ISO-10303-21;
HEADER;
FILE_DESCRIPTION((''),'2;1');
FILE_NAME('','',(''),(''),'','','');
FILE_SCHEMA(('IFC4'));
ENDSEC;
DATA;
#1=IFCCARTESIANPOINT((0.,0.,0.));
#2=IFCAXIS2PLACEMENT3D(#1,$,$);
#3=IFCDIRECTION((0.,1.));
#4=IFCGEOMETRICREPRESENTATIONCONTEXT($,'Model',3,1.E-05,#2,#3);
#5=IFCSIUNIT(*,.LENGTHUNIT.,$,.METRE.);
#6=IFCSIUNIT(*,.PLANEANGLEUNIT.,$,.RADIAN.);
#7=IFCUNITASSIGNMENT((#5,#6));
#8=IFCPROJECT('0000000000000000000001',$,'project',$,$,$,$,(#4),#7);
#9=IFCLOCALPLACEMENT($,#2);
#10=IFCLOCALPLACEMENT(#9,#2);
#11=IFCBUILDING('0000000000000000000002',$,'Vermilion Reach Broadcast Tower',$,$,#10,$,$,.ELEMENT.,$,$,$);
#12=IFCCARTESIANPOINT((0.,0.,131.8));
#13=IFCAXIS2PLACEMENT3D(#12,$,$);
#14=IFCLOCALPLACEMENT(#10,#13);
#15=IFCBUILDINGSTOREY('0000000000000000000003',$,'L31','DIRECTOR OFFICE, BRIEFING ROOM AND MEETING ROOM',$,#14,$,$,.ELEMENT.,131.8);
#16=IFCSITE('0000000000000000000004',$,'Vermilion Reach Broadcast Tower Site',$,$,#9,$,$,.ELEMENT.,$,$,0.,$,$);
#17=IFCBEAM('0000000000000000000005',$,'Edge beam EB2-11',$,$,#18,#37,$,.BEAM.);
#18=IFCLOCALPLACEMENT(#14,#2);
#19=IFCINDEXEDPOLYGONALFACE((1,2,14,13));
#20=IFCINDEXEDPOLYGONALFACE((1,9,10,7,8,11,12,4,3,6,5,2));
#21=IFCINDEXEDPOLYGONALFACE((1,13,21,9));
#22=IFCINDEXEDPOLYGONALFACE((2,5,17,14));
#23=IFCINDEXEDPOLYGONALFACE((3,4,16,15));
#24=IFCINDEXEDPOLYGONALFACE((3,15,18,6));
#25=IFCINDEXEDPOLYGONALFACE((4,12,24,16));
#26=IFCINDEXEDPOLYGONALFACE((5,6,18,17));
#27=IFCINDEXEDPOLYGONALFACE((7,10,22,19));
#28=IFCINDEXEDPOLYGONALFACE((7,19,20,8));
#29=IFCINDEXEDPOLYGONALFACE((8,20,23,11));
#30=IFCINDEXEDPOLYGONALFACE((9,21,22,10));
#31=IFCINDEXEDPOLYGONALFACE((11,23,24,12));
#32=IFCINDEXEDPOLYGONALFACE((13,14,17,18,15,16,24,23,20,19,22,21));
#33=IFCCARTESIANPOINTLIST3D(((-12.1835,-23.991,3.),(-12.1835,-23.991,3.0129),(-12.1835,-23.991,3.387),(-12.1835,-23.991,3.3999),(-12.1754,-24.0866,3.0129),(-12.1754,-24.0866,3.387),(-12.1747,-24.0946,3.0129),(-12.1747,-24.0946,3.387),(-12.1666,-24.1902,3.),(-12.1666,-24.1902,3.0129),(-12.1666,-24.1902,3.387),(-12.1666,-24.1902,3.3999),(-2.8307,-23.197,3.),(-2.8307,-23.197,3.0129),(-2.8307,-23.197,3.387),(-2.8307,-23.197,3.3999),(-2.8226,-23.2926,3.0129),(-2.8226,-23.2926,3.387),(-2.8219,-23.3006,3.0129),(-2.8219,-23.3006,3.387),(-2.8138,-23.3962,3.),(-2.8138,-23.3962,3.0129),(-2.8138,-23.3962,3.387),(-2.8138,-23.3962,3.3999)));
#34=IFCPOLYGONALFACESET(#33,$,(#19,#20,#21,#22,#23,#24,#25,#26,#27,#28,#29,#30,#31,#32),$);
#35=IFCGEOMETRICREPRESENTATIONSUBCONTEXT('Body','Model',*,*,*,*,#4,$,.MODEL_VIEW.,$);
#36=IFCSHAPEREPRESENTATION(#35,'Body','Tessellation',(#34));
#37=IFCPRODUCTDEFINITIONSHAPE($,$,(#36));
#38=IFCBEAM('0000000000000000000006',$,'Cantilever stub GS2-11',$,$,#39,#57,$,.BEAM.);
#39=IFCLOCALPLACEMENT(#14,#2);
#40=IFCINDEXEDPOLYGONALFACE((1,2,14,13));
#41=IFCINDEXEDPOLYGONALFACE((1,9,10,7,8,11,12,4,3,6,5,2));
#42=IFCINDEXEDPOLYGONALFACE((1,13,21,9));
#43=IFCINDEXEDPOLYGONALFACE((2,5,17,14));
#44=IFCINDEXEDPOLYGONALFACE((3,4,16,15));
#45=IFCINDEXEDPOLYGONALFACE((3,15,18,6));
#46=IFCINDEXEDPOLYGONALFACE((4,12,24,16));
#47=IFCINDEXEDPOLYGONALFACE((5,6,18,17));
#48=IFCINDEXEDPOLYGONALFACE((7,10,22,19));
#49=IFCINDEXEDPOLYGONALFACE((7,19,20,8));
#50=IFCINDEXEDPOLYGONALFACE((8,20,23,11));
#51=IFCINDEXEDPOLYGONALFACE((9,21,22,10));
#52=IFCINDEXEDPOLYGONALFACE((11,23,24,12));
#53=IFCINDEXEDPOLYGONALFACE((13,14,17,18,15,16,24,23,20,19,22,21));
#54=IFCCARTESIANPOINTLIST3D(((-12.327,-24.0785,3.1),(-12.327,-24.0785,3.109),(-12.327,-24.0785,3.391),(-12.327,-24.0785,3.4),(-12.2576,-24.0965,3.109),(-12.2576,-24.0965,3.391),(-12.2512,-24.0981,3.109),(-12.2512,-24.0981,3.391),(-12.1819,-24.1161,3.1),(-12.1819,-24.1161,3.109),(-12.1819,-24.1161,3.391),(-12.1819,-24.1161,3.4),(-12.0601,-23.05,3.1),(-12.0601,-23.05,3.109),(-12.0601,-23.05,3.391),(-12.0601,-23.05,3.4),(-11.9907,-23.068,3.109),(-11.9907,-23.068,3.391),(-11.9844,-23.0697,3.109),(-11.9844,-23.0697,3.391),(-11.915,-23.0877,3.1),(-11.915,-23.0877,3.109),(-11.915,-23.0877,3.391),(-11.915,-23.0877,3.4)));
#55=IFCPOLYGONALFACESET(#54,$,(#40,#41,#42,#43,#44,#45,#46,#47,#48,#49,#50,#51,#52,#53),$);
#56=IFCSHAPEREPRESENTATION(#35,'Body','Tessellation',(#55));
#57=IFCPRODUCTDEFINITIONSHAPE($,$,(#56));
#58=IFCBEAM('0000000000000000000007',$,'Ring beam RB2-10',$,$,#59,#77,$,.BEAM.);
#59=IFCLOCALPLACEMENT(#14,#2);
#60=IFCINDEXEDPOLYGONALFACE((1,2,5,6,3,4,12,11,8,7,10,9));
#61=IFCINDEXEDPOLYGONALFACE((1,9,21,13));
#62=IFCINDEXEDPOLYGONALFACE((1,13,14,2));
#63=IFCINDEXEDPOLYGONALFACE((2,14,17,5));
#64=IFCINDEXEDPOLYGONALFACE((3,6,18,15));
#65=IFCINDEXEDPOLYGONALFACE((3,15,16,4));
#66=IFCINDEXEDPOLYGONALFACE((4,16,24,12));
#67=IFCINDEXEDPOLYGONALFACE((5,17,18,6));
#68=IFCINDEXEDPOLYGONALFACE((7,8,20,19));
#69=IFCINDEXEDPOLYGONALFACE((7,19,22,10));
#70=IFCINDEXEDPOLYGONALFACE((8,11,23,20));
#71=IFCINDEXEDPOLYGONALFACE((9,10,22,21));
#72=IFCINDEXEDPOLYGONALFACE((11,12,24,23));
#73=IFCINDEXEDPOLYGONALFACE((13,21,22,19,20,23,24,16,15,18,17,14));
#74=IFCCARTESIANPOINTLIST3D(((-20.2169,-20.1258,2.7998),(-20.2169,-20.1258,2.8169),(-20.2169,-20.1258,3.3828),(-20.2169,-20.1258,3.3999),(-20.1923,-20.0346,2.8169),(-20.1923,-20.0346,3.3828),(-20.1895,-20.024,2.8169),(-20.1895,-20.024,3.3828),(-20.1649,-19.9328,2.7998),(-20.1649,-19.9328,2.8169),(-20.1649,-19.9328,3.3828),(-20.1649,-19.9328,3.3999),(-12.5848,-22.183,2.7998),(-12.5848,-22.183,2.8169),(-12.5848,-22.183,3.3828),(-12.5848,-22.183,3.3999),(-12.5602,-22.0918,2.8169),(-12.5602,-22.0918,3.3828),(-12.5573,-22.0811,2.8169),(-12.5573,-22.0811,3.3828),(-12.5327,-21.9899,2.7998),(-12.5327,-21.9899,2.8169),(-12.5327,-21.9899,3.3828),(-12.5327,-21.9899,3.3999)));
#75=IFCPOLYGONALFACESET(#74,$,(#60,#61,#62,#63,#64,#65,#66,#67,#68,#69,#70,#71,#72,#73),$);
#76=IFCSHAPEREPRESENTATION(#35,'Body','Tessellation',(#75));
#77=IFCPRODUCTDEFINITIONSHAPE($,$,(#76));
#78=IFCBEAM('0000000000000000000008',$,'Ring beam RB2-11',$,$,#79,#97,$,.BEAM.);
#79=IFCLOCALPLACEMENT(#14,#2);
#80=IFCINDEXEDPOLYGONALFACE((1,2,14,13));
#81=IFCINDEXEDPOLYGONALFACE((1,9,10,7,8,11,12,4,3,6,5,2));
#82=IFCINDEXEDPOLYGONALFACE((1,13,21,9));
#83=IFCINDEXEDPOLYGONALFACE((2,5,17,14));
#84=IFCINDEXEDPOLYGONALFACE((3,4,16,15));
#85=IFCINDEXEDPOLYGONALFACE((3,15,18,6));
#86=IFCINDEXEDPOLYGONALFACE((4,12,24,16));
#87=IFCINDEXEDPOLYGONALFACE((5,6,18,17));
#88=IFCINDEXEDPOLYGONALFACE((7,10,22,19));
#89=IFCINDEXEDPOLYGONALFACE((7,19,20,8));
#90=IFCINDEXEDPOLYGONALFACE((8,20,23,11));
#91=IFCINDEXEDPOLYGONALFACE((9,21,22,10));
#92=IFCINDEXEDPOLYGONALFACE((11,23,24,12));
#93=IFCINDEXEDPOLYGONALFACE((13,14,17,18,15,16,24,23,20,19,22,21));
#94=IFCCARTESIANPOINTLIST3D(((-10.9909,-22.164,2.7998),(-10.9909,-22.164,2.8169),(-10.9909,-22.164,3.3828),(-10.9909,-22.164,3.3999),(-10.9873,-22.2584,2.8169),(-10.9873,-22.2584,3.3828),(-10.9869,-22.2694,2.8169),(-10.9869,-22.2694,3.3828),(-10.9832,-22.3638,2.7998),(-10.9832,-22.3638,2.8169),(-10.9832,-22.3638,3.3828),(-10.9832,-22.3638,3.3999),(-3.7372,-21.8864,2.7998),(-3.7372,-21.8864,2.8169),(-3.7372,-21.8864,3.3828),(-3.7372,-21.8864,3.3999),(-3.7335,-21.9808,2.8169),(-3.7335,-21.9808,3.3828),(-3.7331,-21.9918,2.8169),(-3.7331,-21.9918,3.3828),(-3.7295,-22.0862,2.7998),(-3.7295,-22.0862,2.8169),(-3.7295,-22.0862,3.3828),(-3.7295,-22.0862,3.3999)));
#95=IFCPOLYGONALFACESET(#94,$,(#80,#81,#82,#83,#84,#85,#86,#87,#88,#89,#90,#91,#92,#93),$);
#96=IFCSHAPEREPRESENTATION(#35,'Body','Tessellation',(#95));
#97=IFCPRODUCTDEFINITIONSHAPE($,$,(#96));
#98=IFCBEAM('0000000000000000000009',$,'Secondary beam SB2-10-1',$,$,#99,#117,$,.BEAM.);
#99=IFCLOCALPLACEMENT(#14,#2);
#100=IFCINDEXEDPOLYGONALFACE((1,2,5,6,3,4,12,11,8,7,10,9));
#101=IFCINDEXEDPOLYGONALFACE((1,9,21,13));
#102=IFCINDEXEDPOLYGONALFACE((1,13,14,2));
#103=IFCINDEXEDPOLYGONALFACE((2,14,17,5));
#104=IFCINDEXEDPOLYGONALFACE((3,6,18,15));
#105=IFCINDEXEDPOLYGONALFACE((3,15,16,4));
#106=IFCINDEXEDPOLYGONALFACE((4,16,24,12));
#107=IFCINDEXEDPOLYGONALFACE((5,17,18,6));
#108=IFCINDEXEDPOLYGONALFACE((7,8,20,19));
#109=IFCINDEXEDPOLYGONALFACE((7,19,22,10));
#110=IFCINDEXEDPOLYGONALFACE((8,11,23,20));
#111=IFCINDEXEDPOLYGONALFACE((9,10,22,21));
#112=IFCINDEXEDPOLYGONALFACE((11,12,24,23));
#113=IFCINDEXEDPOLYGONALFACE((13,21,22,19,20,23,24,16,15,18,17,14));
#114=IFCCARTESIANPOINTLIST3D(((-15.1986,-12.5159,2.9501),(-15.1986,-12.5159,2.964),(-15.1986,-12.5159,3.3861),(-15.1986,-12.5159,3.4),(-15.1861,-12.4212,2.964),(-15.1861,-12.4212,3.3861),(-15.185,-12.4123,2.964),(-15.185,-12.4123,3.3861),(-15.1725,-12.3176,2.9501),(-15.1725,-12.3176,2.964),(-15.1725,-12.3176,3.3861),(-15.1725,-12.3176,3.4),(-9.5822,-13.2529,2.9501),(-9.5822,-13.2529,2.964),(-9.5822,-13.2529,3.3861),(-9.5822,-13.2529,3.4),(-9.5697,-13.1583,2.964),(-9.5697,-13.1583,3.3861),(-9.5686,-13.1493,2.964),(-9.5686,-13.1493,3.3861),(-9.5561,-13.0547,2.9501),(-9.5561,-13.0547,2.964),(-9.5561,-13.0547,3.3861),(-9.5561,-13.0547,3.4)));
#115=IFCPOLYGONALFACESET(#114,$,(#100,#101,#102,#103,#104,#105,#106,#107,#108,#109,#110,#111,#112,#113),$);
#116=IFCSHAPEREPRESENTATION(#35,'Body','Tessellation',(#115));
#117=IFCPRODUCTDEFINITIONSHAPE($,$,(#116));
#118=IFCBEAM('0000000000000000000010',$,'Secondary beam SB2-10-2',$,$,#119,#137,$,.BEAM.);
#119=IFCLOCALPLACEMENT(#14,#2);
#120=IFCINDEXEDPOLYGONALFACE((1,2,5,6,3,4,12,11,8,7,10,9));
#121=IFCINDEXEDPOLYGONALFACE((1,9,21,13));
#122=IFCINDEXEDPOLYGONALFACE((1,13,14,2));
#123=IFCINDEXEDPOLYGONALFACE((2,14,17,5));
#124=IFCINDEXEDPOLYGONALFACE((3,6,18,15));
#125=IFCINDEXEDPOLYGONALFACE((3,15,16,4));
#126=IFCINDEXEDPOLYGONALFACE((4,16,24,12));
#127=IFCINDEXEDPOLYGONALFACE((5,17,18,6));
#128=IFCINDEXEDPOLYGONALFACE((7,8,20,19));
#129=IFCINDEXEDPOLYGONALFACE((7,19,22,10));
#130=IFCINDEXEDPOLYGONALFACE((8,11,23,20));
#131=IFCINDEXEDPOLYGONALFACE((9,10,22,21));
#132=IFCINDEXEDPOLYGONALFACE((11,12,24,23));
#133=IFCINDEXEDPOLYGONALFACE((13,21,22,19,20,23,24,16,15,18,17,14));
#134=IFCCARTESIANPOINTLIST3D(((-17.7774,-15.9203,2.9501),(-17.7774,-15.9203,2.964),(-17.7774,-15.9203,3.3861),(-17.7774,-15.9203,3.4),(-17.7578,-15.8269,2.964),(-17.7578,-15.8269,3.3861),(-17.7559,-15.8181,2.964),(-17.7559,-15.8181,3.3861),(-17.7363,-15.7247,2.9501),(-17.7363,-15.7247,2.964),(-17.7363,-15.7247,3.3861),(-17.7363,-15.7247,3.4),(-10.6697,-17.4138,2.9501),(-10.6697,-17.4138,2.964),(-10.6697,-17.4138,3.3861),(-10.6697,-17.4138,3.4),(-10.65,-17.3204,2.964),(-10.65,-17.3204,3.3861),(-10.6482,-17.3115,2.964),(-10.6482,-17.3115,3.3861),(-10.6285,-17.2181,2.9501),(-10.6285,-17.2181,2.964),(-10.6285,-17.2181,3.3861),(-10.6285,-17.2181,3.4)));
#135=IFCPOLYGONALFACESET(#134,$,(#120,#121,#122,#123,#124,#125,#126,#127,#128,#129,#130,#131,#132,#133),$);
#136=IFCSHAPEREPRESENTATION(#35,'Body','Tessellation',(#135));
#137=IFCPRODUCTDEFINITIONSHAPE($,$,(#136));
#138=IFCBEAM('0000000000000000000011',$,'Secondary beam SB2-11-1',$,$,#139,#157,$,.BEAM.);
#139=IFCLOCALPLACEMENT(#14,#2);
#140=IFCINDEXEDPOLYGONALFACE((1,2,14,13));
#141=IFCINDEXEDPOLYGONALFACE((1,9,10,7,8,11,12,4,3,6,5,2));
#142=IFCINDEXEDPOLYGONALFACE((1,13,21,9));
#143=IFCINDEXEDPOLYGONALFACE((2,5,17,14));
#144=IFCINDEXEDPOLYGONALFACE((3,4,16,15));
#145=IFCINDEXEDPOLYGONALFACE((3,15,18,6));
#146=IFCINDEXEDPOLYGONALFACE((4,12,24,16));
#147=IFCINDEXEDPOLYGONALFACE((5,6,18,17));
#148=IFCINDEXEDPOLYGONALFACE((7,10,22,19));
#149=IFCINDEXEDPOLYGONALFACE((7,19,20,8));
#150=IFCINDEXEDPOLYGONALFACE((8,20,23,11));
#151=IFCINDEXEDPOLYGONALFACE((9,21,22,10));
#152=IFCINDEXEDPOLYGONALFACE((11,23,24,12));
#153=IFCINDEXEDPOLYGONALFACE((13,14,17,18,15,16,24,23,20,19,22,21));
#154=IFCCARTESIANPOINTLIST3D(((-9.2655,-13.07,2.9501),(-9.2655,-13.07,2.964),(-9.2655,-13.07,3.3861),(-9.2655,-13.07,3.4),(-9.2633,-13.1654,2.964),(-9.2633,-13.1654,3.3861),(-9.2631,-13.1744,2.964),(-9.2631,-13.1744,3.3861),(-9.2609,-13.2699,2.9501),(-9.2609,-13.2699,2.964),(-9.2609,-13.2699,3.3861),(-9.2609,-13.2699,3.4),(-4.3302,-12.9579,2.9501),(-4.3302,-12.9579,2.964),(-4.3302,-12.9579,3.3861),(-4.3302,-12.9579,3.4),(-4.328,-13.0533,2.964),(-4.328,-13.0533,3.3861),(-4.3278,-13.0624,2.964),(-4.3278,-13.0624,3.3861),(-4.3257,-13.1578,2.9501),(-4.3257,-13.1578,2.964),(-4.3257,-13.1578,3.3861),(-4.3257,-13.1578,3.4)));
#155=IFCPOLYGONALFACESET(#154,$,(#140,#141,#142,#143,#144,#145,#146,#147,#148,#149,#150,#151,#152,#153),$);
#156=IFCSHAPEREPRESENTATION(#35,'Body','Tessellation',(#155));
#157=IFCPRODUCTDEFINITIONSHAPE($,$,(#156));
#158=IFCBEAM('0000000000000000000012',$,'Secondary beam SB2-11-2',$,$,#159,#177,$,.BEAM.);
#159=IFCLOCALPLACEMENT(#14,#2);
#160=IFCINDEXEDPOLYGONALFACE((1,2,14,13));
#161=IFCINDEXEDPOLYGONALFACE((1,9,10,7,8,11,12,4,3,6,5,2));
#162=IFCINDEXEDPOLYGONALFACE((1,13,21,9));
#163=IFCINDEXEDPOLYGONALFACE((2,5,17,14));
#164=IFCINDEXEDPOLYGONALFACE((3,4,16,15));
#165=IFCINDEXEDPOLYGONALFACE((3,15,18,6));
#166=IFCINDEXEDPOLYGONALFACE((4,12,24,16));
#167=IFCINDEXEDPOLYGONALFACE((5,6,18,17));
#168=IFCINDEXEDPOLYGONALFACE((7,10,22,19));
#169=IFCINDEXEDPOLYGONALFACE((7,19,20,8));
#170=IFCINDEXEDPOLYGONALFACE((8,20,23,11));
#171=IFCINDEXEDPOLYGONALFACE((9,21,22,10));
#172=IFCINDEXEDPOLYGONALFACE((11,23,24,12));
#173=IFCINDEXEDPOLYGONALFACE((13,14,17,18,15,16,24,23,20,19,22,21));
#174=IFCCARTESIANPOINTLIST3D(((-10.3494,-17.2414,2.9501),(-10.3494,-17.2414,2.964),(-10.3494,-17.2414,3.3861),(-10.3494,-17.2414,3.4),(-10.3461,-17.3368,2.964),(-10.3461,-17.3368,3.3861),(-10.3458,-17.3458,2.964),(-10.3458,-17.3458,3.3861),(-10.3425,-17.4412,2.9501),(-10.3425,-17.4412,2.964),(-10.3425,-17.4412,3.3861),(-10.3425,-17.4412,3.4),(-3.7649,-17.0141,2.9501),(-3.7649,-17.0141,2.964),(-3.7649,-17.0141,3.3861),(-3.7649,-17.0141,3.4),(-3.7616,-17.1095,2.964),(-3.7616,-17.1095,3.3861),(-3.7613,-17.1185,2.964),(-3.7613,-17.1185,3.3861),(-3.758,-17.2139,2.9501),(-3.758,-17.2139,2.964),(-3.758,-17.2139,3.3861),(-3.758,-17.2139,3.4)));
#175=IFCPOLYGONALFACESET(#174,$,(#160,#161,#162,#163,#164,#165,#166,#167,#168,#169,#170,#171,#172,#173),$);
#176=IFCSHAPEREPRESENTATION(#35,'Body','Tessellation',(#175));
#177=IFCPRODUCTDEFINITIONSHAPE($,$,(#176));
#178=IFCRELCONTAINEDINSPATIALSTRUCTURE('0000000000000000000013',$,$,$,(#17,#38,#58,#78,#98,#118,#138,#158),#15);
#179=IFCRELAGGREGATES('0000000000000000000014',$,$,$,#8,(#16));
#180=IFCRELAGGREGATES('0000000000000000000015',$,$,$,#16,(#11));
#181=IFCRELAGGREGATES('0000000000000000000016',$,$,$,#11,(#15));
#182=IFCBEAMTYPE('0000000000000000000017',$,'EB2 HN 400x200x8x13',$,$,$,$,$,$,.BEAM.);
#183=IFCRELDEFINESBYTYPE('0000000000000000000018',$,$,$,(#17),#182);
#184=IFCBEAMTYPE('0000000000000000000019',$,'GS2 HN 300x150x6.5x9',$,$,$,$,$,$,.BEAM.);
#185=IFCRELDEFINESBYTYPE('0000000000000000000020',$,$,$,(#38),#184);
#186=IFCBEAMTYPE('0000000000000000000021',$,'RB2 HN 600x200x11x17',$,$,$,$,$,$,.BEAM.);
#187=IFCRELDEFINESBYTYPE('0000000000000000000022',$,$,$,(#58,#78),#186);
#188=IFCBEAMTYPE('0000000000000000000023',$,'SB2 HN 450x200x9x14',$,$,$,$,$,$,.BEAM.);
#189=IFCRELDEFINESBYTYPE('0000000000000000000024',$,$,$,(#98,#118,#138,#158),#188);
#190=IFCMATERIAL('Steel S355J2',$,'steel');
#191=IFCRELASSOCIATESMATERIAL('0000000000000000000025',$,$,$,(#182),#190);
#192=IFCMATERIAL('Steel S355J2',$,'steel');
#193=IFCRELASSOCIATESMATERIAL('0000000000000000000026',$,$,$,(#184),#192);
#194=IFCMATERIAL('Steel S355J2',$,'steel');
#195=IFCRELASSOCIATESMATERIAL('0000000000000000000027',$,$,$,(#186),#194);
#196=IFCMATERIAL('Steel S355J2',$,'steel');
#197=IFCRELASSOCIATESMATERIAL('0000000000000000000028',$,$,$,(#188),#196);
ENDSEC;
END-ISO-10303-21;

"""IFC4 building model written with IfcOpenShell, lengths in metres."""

from ifc_helpers import new_model, si_unit, direction, frame, origin, origin_2d, place, context, subcontext, project, spatial, i_section, extrude, material, material_profile, profile_set, type_object, element, save


model = new_model("IFC4")

# Units and contexts
model_context = context("Model", 3, precision=1e-05, world=origin(), true_north=direction((0.0, 1.0)))
body_context = subcontext(model_context, "Body", "Model", "MODEL_VIEW")
ifc_project = project(units=[si_unit("LENGTHUNIT", "METRE"), si_unit("PLANEANGLEUNIT", "RADIAN")], contexts=[model_context])

# Site, building, storey
site_placement = place(None, origin())
site = spatial("IfcSite", under=ifc_project, at=site_placement, Name="Vermilion Reach Broadcast Tower Site", CompositionType="ELEMENT", RefElevation=0.0)
building_placement = place(site_placement, origin())
building = spatial("IfcBuilding", under=site, at=building_placement, Name="Vermilion Reach Broadcast Tower", CompositionType="ELEMENT")
storey_placement = place(building_placement, frame((0.0, 0.0, 131.8)))
storey = spatial("IfcBuildingStorey", under=building, at=storey_placement, Name="L31", Description="DIRECTOR OFFICE, BRIEFING ROOM AND MEETING ROOM", CompositionType="ELEMENT", Elevation=131.8)

# Beams
ifc_material_1 = material(Name="Steel S355J2", Category="steel")
ifc_material_profile_1 = material_profile(ifc_material_1, i_section(OverallWidth=0.2, OverallDepth=0.3999, WebThickness=0.0081, FlangeThickness=0.0129, at=origin_2d()), Name="S355J2 HN 400x200x8x13")
ifc_profile_set_1 = profile_set([ifc_material_profile_1], Name="Steel S355J2")
beam_type_1 = type_object("IfcBeamType", Name="EB2 HN 400x200x8x13", PredefinedType="BEAM", material=ifc_profile_set_1)
beam_1_placement = place(storey_placement, frame((-12.175, -24.0906, 3.2), z_axis=(0.996416, 0.084584, 0.0), x_axis=(-0.084584, 0.996416, 0.0)))
element("IfcBeam", 1, at=beam_1_placement, inside=storey, type_object=beam_type_1, Name="Edge beam EB2-11", PredefinedType="BEAM", context=body_context, shape_type="SweptSolid", body=[
    extrude(i_section(OverallWidth=0.2, OverallDepth=0.3999, WebThickness=0.0081, FlangeThickness=0.0129, at=origin_2d()), origin(), (0.0, 0.0, 1.0), 9.3865),
])
ifc_material_2 = material(Name="Steel S355J2", Category="steel")
ifc_material_profile_2 = material_profile(ifc_material_2, i_section(OverallWidth=0.1499, OverallDepth=0.3, WebThickness=0.0066, FlangeThickness=0.009, at=origin_2d()), Name="S355J2 HN 300x150x6.5x9")
ifc_profile_set_2 = profile_set([ifc_material_profile_2], Name="Steel S355J2")
beam_type_2 = type_object("IfcBeamType", Name="GS2 HN 300x150x6.5x9", PredefinedType="BEAM", material=ifc_profile_set_2)
beam_2_placement = place(storey_placement, frame((-11.9875, -23.0688, 3.25), z_axis=(-0.251177, -0.967941, 0.0), x_axis=(0.967941, -0.251177, 0.0)))
element("IfcBeam", 2, at=beam_2_placement, inside=storey, type_object=beam_type_2, Name="Cantilever stub GS2-11", PredefinedType="BEAM", context=body_context, shape_type="SweptSolid", body=[
    extrude(i_section(OverallWidth=0.1499, OverallDepth=0.3, WebThickness=0.0066, FlangeThickness=0.009, at=origin_2d()), origin(), (0.0, 0.0, 1.0), 1.0625),
])
ifc_material_3 = material(Name="Steel S355J2", Category="steel")
ifc_material_profile_3 = material_profile(ifc_material_3, i_section(OverallWidth=0.2, OverallDepth=0.6001, WebThickness=0.011, FlangeThickness=0.0171, at=origin_2d()), Name="S355J2 HN 600x200x11x17")
ifc_profile_set_3 = profile_set([ifc_material_profile_3], Name="Steel S355J2")
beam_type_3 = type_object("IfcBeamType", Name="RB2 HN 600x200x11x17", PredefinedType="BEAM", material=ifc_profile_set_3)
beam_3_placement = place(storey_placement, frame((-20.1909, -20.0293, 3.0999), z_axis=(0.965541, -0.260249, 0.0), x_axis=(0.260249, 0.965541, 0.0)))
element("IfcBeam", 3, at=beam_3_placement, inside=storey, type_object=beam_type_3, Name="Ring beam RB2-10", PredefinedType="BEAM", context=body_context, shape_type="SweptSolid", body=[
    extrude(i_section(OverallWidth=0.2, OverallDepth=0.6001, WebThickness=0.011, FlangeThickness=0.0171, at=origin_2d()), origin(), (0.0, 0.0, 1.0), 7.9045),
])
beam_4_placement = place(storey_placement, frame((-10.9871, -22.2639, 3.0999), z_axis=(0.999269, 0.038241, 0.0), x_axis=(-0.038241, 0.999269, 0.0)))
element("IfcBeam", 4, at=beam_4_placement, inside=storey, type_object=beam_type_3, Name="Ring beam RB2-11", PredefinedType="BEAM", context=body_context, shape_type="SweptSolid", body=[
    extrude(i_section(OverallWidth=0.2, OverallDepth=0.6001, WebThickness=0.011, FlangeThickness=0.0171, at=origin_2d()), origin(), (0.0, 0.0, 1.0), 7.259),
])
ifc_material_4 = material(Name="Steel S355J2", Category="steel")
ifc_material_profile_4 = material_profile(ifc_material_4, i_section(OverallWidth=0.2, OverallDepth=0.45, WebThickness=0.009, FlangeThickness=0.0139, at=origin_2d()), Name="S355J2 HN 450x200x9x14")
ifc_profile_set_4 = profile_set([ifc_material_profile_4], Name="Steel S355J2")
beam_type_4 = type_object("IfcBeamType", Name="SB2 HN 450x200x9x14", PredefinedType="BEAM", material=ifc_profile_set_4)
beam_5_placement = place(storey_placement, frame((-15.1855, -12.4167, 3.175), z_axis=(0.991499, -0.130117, 0.0), x_axis=(0.130117, 0.991499, 0.0)))
element("IfcBeam", 5, at=beam_5_placement, inside=storey, type_object=beam_type_4, Name="Secondary beam SB2-10-1", PredefinedType="BEAM", context=body_context, shape_type="SweptSolid", body=[
    extrude(i_section(OverallWidth=0.2, OverallDepth=0.45, WebThickness=0.009, FlangeThickness=0.0139, at=origin_2d()), origin(), (0.0, 0.0, 1.0), 5.6646),
])
beam_6_placement = place(storey_placement, frame((-17.7568, -15.8225, 3.175), z_axis=(0.978631, -0.205623, 0.0), x_axis=(0.205623, 0.978631, 0.0)))
element("IfcBeam", 6, at=beam_6_placement, inside=storey, type_object=beam_type_4, Name="Secondary beam SB2-10-2", PredefinedType="BEAM", context=body_context, shape_type="SweptSolid", body=[
    extrude(i_section(OverallWidth=0.2, OverallDepth=0.45, WebThickness=0.009, FlangeThickness=0.0139, at=origin_2d()), origin(), (0.0, 0.0, 1.0), 7.2629),
])
beam_7_placement = place(storey_placement, frame((-9.2632, -13.1699, 3.175), z_axis=(0.999742, 0.0227, 0.0), x_axis=(-0.0227, 0.999742, 0.0)))
element("IfcBeam", 7, at=beam_7_placement, inside=storey, type_object=beam_type_4, Name="Secondary beam SB2-11-1", PredefinedType="BEAM", context=body_context, shape_type="SweptSolid", body=[
    extrude(i_section(OverallWidth=0.2, OverallDepth=0.45, WebThickness=0.009, FlangeThickness=0.0139, at=origin_2d()), origin(), (0.0, 0.0, 1.0), 4.9365),
])
beam_8_placement = place(storey_placement, frame((-10.3459, -17.3413, 3.175), z_axis=(0.999405, 0.034499, 0.0), x_axis=(-0.034499, 0.999405, 0.0)))
element("IfcBeam", 8, at=beam_8_placement, inside=storey, type_object=beam_type_4, Name="Secondary beam SB2-11-2", PredefinedType="BEAM", context=body_context, shape_type="SweptSolid", body=[
    extrude(i_section(OverallWidth=0.2, OverallDepth=0.45, WebThickness=0.009, FlangeThickness=0.0139, at=origin_2d()), origin(), (0.0, 0.0, 1.0), 6.5884),
])

save(model, "model.ifc")
